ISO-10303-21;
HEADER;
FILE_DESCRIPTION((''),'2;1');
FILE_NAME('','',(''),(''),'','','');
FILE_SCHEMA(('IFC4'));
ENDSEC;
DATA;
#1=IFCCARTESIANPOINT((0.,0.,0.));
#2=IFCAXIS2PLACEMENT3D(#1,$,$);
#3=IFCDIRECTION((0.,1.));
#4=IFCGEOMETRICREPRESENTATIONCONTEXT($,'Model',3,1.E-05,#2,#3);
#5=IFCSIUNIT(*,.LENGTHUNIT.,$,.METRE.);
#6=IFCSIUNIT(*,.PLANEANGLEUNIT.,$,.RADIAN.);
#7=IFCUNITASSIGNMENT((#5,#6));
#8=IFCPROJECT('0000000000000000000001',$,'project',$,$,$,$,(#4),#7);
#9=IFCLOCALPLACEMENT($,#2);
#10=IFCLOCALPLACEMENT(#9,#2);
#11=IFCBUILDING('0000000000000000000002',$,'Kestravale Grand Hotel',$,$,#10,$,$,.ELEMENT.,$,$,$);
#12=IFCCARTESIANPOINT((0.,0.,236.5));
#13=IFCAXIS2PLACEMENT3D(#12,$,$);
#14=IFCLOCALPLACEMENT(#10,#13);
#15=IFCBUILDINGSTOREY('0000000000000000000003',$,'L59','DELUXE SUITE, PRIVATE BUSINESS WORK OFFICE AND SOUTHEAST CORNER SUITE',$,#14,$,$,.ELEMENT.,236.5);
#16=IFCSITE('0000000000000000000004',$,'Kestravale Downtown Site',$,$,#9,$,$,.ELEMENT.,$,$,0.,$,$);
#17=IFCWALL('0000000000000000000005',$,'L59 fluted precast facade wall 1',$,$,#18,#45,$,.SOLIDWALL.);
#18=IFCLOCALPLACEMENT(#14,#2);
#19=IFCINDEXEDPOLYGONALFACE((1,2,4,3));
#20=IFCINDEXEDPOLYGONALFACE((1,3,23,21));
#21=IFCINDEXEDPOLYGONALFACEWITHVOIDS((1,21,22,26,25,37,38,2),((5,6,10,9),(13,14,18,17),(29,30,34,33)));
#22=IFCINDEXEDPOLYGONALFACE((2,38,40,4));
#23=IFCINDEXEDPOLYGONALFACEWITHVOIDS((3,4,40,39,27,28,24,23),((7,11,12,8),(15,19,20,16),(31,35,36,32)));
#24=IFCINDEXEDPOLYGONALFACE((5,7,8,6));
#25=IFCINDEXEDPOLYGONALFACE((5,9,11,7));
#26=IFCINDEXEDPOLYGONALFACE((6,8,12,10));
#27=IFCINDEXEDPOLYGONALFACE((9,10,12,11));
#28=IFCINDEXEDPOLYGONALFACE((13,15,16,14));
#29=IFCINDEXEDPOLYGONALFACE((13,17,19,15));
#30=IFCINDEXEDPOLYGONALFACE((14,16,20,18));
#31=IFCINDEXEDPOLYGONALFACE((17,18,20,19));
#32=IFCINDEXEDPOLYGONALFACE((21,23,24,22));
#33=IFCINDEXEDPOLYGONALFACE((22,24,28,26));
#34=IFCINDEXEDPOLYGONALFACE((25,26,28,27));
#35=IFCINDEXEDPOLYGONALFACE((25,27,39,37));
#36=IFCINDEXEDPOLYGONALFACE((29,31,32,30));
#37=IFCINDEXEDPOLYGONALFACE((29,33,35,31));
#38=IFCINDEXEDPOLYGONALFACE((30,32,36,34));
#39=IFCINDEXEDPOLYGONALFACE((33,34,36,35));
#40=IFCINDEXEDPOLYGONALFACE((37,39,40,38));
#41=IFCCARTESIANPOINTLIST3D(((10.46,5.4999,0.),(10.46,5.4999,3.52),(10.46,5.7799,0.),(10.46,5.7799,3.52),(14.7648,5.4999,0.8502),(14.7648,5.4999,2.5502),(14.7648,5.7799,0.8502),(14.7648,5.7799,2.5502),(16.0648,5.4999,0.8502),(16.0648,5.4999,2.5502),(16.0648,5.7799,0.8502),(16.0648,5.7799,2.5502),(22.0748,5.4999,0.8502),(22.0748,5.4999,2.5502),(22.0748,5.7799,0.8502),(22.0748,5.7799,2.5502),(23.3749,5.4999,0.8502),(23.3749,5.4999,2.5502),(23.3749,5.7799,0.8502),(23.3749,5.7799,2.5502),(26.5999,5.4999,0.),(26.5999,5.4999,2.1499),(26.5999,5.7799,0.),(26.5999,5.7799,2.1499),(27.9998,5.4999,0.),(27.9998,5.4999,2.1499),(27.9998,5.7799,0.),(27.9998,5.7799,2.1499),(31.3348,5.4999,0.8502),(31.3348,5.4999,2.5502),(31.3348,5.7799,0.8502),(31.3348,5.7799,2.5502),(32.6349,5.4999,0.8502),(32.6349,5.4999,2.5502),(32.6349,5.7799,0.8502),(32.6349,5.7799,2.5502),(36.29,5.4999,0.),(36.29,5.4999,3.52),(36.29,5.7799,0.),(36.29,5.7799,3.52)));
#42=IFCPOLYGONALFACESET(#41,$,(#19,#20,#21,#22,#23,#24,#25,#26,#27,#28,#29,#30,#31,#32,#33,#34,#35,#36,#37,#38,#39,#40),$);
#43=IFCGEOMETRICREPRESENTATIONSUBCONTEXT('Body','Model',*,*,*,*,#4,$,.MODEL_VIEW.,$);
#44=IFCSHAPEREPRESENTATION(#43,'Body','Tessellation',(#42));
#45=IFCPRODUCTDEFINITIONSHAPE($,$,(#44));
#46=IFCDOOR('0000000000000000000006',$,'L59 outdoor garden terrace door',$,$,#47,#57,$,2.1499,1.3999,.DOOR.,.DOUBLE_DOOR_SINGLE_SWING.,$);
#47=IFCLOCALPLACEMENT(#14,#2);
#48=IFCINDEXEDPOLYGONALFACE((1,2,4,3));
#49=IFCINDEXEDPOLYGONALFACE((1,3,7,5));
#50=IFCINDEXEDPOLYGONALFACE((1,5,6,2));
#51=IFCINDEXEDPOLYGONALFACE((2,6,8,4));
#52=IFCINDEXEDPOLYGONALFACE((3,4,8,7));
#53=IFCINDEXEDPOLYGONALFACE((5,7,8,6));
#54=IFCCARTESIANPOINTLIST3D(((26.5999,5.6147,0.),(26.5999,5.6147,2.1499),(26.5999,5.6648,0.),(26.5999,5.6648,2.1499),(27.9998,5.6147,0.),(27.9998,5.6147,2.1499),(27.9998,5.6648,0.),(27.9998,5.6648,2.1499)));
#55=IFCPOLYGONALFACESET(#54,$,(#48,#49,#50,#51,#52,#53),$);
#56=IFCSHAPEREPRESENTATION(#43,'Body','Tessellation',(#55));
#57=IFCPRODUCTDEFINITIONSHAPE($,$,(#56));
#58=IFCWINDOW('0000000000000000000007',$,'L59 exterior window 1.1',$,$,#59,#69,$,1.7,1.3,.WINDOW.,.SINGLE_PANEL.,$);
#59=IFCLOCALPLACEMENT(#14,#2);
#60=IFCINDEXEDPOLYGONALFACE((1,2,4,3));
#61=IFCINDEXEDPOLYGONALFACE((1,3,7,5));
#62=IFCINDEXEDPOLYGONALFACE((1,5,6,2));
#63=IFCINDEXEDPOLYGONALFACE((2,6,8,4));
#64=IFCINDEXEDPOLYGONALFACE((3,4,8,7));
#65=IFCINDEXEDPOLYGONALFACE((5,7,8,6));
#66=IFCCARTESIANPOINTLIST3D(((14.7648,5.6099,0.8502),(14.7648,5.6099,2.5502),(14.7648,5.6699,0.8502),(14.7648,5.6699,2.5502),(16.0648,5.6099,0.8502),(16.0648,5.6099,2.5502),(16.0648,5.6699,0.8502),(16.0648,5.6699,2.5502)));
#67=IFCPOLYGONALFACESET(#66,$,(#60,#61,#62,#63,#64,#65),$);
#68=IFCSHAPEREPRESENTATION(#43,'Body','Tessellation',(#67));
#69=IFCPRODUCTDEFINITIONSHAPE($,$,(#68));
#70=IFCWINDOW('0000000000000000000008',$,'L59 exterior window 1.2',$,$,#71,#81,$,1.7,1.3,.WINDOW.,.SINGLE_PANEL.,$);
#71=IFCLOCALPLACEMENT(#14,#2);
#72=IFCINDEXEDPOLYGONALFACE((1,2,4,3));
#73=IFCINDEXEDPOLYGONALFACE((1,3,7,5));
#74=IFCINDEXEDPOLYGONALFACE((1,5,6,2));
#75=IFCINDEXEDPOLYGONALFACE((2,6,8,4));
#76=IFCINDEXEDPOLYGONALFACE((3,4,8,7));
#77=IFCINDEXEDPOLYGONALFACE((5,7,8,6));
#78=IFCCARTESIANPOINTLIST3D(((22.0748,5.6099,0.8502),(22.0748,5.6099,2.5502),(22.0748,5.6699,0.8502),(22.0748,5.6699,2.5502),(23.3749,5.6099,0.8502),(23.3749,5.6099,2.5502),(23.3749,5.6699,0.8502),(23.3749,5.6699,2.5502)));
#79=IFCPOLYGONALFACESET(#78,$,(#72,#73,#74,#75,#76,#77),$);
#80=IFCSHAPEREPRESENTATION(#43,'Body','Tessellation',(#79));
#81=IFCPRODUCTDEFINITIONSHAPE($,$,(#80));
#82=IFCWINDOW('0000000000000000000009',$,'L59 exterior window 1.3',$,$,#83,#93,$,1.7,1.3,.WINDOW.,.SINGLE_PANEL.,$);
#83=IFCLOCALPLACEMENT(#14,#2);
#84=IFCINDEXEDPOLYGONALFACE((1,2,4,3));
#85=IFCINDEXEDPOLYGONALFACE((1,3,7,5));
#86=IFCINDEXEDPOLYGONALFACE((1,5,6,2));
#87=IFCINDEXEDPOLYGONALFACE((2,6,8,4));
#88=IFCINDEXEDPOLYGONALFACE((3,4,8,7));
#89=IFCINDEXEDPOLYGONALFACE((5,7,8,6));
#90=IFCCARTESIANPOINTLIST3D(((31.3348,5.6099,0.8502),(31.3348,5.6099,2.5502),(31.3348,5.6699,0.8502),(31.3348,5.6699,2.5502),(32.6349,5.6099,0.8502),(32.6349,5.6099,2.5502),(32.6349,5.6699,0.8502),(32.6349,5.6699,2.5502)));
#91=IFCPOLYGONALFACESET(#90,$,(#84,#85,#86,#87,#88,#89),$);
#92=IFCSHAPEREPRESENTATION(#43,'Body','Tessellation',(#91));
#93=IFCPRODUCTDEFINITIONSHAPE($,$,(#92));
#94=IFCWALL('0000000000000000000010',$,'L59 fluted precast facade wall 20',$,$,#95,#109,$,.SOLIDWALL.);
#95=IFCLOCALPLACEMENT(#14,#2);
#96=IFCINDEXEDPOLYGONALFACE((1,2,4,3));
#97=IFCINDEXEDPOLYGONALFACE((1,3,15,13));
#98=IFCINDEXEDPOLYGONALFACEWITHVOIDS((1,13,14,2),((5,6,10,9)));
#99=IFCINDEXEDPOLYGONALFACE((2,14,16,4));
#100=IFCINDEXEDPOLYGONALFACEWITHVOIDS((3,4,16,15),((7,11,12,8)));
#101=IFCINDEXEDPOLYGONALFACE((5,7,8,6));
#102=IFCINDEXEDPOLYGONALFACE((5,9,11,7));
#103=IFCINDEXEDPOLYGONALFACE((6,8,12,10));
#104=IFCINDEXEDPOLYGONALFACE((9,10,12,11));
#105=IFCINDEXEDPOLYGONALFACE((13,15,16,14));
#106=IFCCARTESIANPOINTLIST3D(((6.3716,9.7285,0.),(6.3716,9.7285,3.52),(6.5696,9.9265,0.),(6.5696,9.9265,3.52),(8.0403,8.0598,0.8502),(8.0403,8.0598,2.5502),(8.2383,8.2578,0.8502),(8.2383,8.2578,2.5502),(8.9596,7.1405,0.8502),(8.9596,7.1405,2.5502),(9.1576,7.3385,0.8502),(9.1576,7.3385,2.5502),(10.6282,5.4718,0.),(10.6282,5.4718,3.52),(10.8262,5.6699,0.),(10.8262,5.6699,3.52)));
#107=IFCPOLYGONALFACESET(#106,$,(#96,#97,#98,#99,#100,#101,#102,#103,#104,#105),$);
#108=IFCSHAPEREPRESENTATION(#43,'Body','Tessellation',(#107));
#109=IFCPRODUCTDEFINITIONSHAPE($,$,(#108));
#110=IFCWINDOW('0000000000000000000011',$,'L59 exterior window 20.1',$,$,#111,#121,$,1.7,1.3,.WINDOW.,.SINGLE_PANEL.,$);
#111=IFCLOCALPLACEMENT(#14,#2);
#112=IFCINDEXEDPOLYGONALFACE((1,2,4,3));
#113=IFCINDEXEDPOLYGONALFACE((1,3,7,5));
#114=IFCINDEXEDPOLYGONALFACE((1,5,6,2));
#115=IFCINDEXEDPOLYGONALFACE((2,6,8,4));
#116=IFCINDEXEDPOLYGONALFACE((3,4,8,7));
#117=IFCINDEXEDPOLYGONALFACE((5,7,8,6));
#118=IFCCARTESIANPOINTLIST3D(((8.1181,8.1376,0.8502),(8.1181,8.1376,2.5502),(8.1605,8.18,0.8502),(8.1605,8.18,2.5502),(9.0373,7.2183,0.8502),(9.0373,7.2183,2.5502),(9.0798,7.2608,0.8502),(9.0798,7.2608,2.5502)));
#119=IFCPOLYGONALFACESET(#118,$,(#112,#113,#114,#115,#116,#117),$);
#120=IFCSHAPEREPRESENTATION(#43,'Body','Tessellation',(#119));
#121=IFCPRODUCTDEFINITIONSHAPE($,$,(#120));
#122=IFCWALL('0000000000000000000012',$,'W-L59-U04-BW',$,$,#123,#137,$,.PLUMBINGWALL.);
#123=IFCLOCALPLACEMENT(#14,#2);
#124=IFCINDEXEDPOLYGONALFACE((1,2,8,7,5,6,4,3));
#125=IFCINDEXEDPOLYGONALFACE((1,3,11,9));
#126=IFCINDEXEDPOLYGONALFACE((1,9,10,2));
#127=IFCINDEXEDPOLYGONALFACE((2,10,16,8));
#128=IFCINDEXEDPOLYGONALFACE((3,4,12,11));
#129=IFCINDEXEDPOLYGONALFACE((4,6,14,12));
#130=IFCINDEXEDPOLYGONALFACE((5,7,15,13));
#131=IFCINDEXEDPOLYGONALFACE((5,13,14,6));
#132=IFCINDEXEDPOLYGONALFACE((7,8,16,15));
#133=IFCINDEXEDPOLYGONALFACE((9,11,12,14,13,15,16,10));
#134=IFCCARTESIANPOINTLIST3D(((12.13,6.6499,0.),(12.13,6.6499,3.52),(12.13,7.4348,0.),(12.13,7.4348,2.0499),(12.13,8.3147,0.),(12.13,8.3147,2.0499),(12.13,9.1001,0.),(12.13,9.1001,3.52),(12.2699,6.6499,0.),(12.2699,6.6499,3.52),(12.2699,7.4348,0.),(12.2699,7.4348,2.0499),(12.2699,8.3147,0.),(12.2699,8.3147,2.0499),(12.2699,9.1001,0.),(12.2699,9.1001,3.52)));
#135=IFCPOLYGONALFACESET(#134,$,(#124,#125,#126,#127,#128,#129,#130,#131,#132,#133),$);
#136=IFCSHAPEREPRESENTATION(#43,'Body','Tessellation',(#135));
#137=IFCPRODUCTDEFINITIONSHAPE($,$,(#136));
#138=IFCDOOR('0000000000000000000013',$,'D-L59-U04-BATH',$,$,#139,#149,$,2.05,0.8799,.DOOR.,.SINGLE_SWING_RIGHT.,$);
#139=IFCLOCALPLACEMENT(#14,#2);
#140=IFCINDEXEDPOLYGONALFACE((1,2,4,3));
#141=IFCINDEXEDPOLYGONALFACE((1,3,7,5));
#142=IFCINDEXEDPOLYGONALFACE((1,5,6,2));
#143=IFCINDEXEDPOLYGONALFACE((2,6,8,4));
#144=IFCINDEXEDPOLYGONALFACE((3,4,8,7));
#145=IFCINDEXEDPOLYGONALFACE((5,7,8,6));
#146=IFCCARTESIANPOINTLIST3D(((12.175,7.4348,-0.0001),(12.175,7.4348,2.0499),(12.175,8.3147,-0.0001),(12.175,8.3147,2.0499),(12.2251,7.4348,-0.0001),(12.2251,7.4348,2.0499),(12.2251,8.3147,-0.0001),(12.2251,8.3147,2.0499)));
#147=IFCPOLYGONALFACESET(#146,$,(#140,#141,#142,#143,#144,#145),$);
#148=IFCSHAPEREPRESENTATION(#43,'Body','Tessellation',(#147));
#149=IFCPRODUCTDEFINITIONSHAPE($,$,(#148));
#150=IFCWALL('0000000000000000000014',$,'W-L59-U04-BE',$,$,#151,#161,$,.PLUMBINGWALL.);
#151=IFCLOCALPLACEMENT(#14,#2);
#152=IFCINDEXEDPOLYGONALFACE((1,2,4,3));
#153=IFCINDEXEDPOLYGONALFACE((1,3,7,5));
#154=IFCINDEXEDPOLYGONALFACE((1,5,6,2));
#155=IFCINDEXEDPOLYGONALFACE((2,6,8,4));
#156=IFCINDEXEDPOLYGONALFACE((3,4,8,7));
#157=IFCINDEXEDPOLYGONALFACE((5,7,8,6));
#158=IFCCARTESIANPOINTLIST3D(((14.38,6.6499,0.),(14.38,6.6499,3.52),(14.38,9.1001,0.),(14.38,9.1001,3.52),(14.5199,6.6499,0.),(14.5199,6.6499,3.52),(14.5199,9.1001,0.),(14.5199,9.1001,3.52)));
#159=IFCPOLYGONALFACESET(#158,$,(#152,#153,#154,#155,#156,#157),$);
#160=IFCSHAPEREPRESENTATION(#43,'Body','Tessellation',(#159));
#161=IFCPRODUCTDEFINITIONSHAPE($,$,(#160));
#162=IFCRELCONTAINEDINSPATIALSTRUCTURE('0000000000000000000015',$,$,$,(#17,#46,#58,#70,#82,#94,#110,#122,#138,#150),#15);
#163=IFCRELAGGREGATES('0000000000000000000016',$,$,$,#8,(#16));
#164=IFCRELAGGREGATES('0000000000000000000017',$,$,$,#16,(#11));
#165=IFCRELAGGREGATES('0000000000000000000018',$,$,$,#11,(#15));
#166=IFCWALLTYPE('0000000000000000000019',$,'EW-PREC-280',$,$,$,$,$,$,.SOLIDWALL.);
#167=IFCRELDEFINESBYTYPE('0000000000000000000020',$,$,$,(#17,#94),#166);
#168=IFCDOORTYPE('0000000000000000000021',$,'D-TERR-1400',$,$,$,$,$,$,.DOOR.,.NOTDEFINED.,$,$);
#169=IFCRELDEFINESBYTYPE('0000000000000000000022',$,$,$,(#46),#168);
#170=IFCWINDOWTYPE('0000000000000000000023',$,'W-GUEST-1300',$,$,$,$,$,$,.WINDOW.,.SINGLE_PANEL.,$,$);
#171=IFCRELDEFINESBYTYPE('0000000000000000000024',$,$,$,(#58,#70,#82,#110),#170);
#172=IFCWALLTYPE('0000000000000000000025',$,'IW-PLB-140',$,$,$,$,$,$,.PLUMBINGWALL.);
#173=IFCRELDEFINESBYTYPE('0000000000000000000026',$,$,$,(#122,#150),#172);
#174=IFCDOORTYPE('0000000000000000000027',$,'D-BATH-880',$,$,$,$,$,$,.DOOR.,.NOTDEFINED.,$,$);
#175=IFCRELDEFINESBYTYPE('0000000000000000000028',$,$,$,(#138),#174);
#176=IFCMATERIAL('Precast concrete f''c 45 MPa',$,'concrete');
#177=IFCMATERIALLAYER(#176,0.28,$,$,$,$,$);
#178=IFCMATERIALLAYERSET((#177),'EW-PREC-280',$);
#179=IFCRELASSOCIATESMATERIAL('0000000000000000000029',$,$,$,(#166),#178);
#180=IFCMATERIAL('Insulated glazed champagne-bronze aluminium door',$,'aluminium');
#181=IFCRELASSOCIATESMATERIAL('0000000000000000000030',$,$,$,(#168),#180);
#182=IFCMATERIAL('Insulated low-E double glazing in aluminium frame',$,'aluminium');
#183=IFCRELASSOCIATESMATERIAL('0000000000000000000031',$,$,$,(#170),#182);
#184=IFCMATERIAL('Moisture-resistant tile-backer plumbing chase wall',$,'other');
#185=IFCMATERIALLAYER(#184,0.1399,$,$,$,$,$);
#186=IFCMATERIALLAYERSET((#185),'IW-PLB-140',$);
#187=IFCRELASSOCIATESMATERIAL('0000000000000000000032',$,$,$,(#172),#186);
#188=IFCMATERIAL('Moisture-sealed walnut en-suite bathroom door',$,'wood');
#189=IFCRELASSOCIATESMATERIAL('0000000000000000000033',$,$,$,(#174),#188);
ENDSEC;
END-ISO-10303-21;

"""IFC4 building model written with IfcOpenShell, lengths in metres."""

from ifc_helpers import new_model, si_unit, direction, frame, frame_2d, origin, place, context, subcontext, project, spatial, rectangle, extrude, material, layer, layer_set, type_object, element, fill, save


model = new_model("IFC4")

# Units and contexts
model_context = context("Model", 3, precision=1e-05, world=origin(), true_north=direction((0.0, 1.0)))
body_context = subcontext(model_context, "Body", "Model", "MODEL_VIEW")
ifc_project = project(units=[si_unit("LENGTHUNIT", "METRE"), si_unit("PLANEANGLEUNIT", "RADIAN")], contexts=[model_context])

# Site, building, storey
site_placement = place(None, origin())
site = spatial("IfcSite", under=ifc_project, at=site_placement, Name="Kestravale Downtown Site", CompositionType="ELEMENT", RefElevation=0.0)
building_placement = place(site_placement, origin())
building = spatial("IfcBuilding", under=site, at=building_placement, Name="Kestravale Grand Hotel", CompositionType="ELEMENT")
storey_placement = place(building_placement, frame((0.0, 0.0, 236.5)))
storey = spatial("IfcBuildingStorey", under=building, at=storey_placement, Name="L59", Description="DELUXE SUITE, PRIVATE BUSINESS WORK OFFICE AND SOUTHEAST CORNER SUITE", CompositionType="ELEMENT", Elevation=236.5)

# Wall, openings, door, windows
ifc_material_1 = material(Name="Precast concrete f'c 45 MPa", Category="concrete")
ifc_layer_1 = layer(ifc_material_1, 0.28)
ifc_layer_set_1 = layer_set([ifc_layer_1], Name="EW-PREC-280")
wall_type_1 = type_object("IfcWallType", Name="EW-PREC-280", PredefinedType="SOLIDWALL", material=ifc_layer_set_1)
wall_1_placement = place(storey_placement, frame((10.46, 5.6399, 0.0), z_axis=(0.0, 0.0, 1.0), x_axis=(1.0, 0.0, 0.0)))
wall_1 = element("IfcWall", 1, at=wall_1_placement, inside=storey, type_object=wall_type_1, Name="L59 fluted precast facade wall 1", PredefinedType="SOLIDWALL", context=body_context, shape_type="SweptSolid", body=[
    extrude(rectangle(XDim=25.8301, YDim=0.28, at=frame_2d((12.915, 0.0))), origin(), (0.0, 0.0, 1.0), 3.52),
])
opening_1_placement = place(wall_1_placement, frame((16.1399, 0.0, 0.0)))
opening_1 = element("IfcOpeningElement", 2, at=opening_1_placement, cuts=wall_1, PredefinedType="OPENING", context=body_context, shape_type="SweptSolid", body=[
    extrude(rectangle(XDim=1.3999, YDim=2.1499, at=frame_2d((0.7, 1.075))), frame((0.0, 0.1499, 0.0), z_axis=(0.0, -1.0, 0.0), x_axis=(1.0, 0.0, 0.0)), (0.0, 0.0, 1.0), 0.3),
])
opening_2_placement = place(wall_1_placement, frame((4.3049, 0.0, 0.8501)))
opening_2 = element("IfcOpeningElement", 3, at=opening_2_placement, cuts=wall_1, PredefinedType="OPENING", context=body_context, shape_type="SweptSolid", body=[
    extrude(rectangle(XDim=1.3, YDim=1.7, at=frame_2d((0.6499, 0.8501))), frame((0.0, 0.1499, 0.0), z_axis=(0.0, -1.0, 0.0), x_axis=(1.0, 0.0, 0.0)), (0.0, 0.0, 1.0), 0.3),
])
opening_3_placement = place(wall_1_placement, frame((11.615, 0.0, 0.8501)))
opening_3 = element("IfcOpeningElement", 4, at=opening_3_placement, cuts=wall_1, PredefinedType="OPENING", context=body_context, shape_type="SweptSolid", body=[
    extrude(rectangle(XDim=1.3, YDim=1.7, at=frame_2d((0.6499, 0.8501))), frame((0.0, 0.1499, 0.0), z_axis=(0.0, -1.0, 0.0), x_axis=(1.0, 0.0, 0.0)), (0.0, 0.0, 1.0), 0.3),
])
opening_4_placement = place(wall_1_placement, frame((20.875, 0.0, 0.8501)))
opening_4 = element("IfcOpeningElement", 5, at=opening_4_placement, cuts=wall_1, PredefinedType="OPENING", context=body_context, shape_type="SweptSolid", body=[
    extrude(rectangle(XDim=1.3, YDim=1.7, at=frame_2d((0.6499, 0.8501))), frame((0.0, 0.1499, 0.0), z_axis=(0.0, -1.0, 0.0), x_axis=(1.0, 0.0, 0.0)), (0.0, 0.0, 1.0), 0.3),
])
ifc_material_2 = material(Name="Insulated glazed champagne-bronze aluminium door", Category="aluminium")
door_type_1 = type_object("IfcDoorType", Name="D-TERR-1400", OperationType="NOTDEFINED", PredefinedType="DOOR", material=ifc_material_2)
door_1_placement = place(opening_1_placement, origin())
door_1 = element("IfcDoor", 6, at=door_1_placement, inside=storey, type_object=door_type_1, Name="L59 outdoor garden terrace door", OperationType="DOUBLE_DOOR_SINGLE_SWING", OverallHeight=2.1499, OverallWidth=1.3999, PredefinedType="DOOR", context=body_context, shape_type="SweptSolid", body=[
    extrude(rectangle(XDim=1.3999, YDim=2.1499, at=frame_2d((0.7, 1.075))), frame((0.0, 0.0249, 0.0), z_axis=(0.0, -1.0, 0.0), x_axis=(1.0, 0.0, 0.0)), (0.0, 0.0, 1.0), 0.05),
])
fill(opening_1, door_1)
ifc_material_3 = material(Name="Insulated low-E double glazing in aluminium frame", Category="aluminium")
window_type = type_object("IfcWindowType", Name="W-GUEST-1300", PartitioningType="SINGLE_PANEL", PredefinedType="WINDOW", material=ifc_material_3)
window_1_placement = place(opening_2_placement, origin())
window_1 = element("IfcWindow", 7, at=window_1_placement, inside=storey, type_object=window_type, Name="L59 exterior window 1.1", OverallHeight=1.7, OverallWidth=1.3, PartitioningType="SINGLE_PANEL", PredefinedType="WINDOW", context=body_context, shape_type="SweptSolid", body=[
    extrude(rectangle(XDim=1.3, YDim=1.7, at=frame_2d((0.6499, 0.8501))), frame((0.0, 0.03, 0.0), z_axis=(0.0, -1.0, 0.0), x_axis=(1.0, 0.0, 0.0)), (0.0, 0.0, 1.0), 0.0601),
])
fill(opening_2, window_1)
window_2_placement = place(opening_3_placement, origin())
window_2 = element("IfcWindow", 8, at=window_2_placement, inside=storey, type_object=window_type, Name="L59 exterior window 1.2", OverallHeight=1.7, OverallWidth=1.3, PartitioningType="SINGLE_PANEL", PredefinedType="WINDOW", context=body_context, shape_type="SweptSolid", body=[
    extrude(rectangle(XDim=1.3, YDim=1.7, at=frame_2d((0.6499, 0.8501))), frame((0.0, 0.03, 0.0), z_axis=(0.0, -1.0, 0.0), x_axis=(1.0, 0.0, 0.0)), (0.0, 0.0, 1.0), 0.0601),
])
fill(opening_3, window_2)
window_3_placement = place(opening_4_placement, origin())
window_3 = element("IfcWindow", 9, at=window_3_placement, inside=storey, type_object=window_type, Name="L59 exterior window 1.3", OverallHeight=1.7, OverallWidth=1.3, PartitioningType="SINGLE_PANEL", PredefinedType="WINDOW", context=body_context, shape_type="SweptSolid", body=[
    extrude(rectangle(XDim=1.3, YDim=1.7, at=frame_2d((0.6499, 0.8501))), frame((0.0, 0.03, 0.0), z_axis=(0.0, -1.0, 0.0), x_axis=(1.0, 0.0, 0.0)), (0.0, 0.0, 1.0), 0.0601),
])
fill(opening_4, window_3)

# Wall, opening, window
wall_2_placement = place(storey_placement, frame((6.4707, 9.8274, 0.0), z_axis=(0.0, 0.0, 1.0), x_axis=(0.707107, -0.707107, 0.0)))
wall_2 = element("IfcWall", 10, at=wall_2_placement, inside=storey, type_object=wall_type_1, Name="L59 fluted precast facade wall 20", PredefinedType="SOLIDWALL", context=body_context, shape_type="SweptSolid", body=[
    extrude(rectangle(XDim=6.0198, YDim=0.28, at=frame_2d((3.0098, 0.0))), origin(), (0.0, 0.0, 1.0), 3.52),
])
opening_5_placement = place(wall_2_placement, frame((2.3599, 0.0, 0.8501)))
opening_5 = element("IfcOpeningElement", 11, at=opening_5_placement, cuts=wall_2, PredefinedType="OPENING", context=body_context, shape_type="SweptSolid", body=[
    extrude(rectangle(XDim=1.3, YDim=1.7, at=frame_2d((0.6499, 0.8501))), frame((0.0, 0.1499, 0.0), z_axis=(0.0, -1.0, 0.0), x_axis=(1.0, 0.0, 0.0)), (0.0, 0.0, 1.0), 0.3),
])
window_4_placement = place(opening_5_placement, origin())
window_4 = element("IfcWindow", 12, at=window_4_placement, inside=storey, type_object=window_type, Name="L59 exterior window 20.1", OverallHeight=1.7, OverallWidth=1.3, PartitioningType="SINGLE_PANEL", PredefinedType="WINDOW", context=body_context, shape_type="SweptSolid", body=[
    extrude(rectangle(XDim=1.3, YDim=1.7, at=frame_2d((0.6499, 0.8501))), frame((0.0, 0.03, 0.0), z_axis=(0.0, -1.0, 0.0), x_axis=(1.0, 0.0, 0.0)), (0.0, 0.0, 1.0), 0.0601),
])
fill(opening_5, window_4)

# Wall, opening, door
ifc_material_4 = material(Name="Moisture-resistant tile-backer plumbing chase wall", Category="other")
ifc_layer_2 = layer(ifc_material_4, 0.1399)
ifc_layer_set_2 = layer_set([ifc_layer_2], Name="IW-PLB-140")
wall_type_2 = type_object("IfcWallType", Name="IW-PLB-140", PredefinedType="PLUMBINGWALL", material=ifc_layer_set_2)
wall_3_placement = place(storey_placement, frame((12.2, 6.6499, 0.0), z_axis=(0.0, 0.0, 1.0), x_axis=(0.0, 1.0, 0.0)))
wall_3 = element("IfcWall", 13, at=wall_3_placement, inside=storey, type_object=wall_type_2, Name="W-L59-U04-BW", PredefinedType="PLUMBINGWALL", context=body_context, shape_type="SweptSolid", body=[
    extrude(rectangle(XDim=2.4502, YDim=0.1399, at=frame_2d((1.2251, 0.0))), origin(), (0.0, 0.0, 1.0), 3.52),
])
opening_6_placement = place(wall_3_placement, frame((0.7849, 0.0, 0.0)))
opening_6 = element("IfcOpeningElement", 14, at=opening_6_placement, cuts=wall_3, PredefinedType="OPENING", context=body_context, shape_type="SweptSolid", body=[
    extrude(rectangle(XDim=0.8799, YDim=2.05, at=frame_2d((0.4399, 1.0249))), frame((0.0, 0.0798, 0.0), z_axis=(0.0, -1.0, 0.0), x_axis=(1.0, 0.0, 0.0)), (0.0, 0.0, 1.0), 0.1599),
])
ifc_material_5 = material(Name="Moisture-sealed walnut en-suite bathroom door", Category="wood")
door_type_2 = type_object("IfcDoorType", Name="D-BATH-880", OperationType="NOTDEFINED", PredefinedType="DOOR", material=ifc_material_5)
door_2_placement = place(opening_6_placement, origin())
door_2 = element("IfcDoor", 15, at=door_2_placement, inside=storey, type_object=door_type_2, Name="D-L59-U04-BATH", OperationType="SINGLE_SWING_RIGHT", OverallHeight=2.05, OverallWidth=0.8799, PredefinedType="DOOR", context=body_context, shape_type="SweptSolid", body=[
    extrude(rectangle(XDim=0.8799, YDim=2.05, at=frame_2d((0.4399, 1.0249))), frame((0.0, 0.0249, 0.0), z_axis=(0.0, -1.0, 0.0), x_axis=(1.0, 0.0, 0.0)), (0.0, 0.0, 1.0), 0.05),
])
fill(opening_6, door_2)

# Wall
wall_4_placement = place(storey_placement, frame((14.45, 6.6499, 0.0), z_axis=(0.0, 0.0, 1.0), x_axis=(0.0, 1.0, 0.0)))
element("IfcWall", 16, at=wall_4_placement, inside=storey, type_object=wall_type_2, Name="W-L59-U04-BE", PredefinedType="PLUMBINGWALL", context=body_context, shape_type="SweptSolid", body=[
    extrude(rectangle(XDim=2.4502, YDim=0.1399, at=frame_2d((1.2251, 0.0))), origin(), (0.0, 0.0, 1.0), 3.52),
])

save(model, "model.ifc")
